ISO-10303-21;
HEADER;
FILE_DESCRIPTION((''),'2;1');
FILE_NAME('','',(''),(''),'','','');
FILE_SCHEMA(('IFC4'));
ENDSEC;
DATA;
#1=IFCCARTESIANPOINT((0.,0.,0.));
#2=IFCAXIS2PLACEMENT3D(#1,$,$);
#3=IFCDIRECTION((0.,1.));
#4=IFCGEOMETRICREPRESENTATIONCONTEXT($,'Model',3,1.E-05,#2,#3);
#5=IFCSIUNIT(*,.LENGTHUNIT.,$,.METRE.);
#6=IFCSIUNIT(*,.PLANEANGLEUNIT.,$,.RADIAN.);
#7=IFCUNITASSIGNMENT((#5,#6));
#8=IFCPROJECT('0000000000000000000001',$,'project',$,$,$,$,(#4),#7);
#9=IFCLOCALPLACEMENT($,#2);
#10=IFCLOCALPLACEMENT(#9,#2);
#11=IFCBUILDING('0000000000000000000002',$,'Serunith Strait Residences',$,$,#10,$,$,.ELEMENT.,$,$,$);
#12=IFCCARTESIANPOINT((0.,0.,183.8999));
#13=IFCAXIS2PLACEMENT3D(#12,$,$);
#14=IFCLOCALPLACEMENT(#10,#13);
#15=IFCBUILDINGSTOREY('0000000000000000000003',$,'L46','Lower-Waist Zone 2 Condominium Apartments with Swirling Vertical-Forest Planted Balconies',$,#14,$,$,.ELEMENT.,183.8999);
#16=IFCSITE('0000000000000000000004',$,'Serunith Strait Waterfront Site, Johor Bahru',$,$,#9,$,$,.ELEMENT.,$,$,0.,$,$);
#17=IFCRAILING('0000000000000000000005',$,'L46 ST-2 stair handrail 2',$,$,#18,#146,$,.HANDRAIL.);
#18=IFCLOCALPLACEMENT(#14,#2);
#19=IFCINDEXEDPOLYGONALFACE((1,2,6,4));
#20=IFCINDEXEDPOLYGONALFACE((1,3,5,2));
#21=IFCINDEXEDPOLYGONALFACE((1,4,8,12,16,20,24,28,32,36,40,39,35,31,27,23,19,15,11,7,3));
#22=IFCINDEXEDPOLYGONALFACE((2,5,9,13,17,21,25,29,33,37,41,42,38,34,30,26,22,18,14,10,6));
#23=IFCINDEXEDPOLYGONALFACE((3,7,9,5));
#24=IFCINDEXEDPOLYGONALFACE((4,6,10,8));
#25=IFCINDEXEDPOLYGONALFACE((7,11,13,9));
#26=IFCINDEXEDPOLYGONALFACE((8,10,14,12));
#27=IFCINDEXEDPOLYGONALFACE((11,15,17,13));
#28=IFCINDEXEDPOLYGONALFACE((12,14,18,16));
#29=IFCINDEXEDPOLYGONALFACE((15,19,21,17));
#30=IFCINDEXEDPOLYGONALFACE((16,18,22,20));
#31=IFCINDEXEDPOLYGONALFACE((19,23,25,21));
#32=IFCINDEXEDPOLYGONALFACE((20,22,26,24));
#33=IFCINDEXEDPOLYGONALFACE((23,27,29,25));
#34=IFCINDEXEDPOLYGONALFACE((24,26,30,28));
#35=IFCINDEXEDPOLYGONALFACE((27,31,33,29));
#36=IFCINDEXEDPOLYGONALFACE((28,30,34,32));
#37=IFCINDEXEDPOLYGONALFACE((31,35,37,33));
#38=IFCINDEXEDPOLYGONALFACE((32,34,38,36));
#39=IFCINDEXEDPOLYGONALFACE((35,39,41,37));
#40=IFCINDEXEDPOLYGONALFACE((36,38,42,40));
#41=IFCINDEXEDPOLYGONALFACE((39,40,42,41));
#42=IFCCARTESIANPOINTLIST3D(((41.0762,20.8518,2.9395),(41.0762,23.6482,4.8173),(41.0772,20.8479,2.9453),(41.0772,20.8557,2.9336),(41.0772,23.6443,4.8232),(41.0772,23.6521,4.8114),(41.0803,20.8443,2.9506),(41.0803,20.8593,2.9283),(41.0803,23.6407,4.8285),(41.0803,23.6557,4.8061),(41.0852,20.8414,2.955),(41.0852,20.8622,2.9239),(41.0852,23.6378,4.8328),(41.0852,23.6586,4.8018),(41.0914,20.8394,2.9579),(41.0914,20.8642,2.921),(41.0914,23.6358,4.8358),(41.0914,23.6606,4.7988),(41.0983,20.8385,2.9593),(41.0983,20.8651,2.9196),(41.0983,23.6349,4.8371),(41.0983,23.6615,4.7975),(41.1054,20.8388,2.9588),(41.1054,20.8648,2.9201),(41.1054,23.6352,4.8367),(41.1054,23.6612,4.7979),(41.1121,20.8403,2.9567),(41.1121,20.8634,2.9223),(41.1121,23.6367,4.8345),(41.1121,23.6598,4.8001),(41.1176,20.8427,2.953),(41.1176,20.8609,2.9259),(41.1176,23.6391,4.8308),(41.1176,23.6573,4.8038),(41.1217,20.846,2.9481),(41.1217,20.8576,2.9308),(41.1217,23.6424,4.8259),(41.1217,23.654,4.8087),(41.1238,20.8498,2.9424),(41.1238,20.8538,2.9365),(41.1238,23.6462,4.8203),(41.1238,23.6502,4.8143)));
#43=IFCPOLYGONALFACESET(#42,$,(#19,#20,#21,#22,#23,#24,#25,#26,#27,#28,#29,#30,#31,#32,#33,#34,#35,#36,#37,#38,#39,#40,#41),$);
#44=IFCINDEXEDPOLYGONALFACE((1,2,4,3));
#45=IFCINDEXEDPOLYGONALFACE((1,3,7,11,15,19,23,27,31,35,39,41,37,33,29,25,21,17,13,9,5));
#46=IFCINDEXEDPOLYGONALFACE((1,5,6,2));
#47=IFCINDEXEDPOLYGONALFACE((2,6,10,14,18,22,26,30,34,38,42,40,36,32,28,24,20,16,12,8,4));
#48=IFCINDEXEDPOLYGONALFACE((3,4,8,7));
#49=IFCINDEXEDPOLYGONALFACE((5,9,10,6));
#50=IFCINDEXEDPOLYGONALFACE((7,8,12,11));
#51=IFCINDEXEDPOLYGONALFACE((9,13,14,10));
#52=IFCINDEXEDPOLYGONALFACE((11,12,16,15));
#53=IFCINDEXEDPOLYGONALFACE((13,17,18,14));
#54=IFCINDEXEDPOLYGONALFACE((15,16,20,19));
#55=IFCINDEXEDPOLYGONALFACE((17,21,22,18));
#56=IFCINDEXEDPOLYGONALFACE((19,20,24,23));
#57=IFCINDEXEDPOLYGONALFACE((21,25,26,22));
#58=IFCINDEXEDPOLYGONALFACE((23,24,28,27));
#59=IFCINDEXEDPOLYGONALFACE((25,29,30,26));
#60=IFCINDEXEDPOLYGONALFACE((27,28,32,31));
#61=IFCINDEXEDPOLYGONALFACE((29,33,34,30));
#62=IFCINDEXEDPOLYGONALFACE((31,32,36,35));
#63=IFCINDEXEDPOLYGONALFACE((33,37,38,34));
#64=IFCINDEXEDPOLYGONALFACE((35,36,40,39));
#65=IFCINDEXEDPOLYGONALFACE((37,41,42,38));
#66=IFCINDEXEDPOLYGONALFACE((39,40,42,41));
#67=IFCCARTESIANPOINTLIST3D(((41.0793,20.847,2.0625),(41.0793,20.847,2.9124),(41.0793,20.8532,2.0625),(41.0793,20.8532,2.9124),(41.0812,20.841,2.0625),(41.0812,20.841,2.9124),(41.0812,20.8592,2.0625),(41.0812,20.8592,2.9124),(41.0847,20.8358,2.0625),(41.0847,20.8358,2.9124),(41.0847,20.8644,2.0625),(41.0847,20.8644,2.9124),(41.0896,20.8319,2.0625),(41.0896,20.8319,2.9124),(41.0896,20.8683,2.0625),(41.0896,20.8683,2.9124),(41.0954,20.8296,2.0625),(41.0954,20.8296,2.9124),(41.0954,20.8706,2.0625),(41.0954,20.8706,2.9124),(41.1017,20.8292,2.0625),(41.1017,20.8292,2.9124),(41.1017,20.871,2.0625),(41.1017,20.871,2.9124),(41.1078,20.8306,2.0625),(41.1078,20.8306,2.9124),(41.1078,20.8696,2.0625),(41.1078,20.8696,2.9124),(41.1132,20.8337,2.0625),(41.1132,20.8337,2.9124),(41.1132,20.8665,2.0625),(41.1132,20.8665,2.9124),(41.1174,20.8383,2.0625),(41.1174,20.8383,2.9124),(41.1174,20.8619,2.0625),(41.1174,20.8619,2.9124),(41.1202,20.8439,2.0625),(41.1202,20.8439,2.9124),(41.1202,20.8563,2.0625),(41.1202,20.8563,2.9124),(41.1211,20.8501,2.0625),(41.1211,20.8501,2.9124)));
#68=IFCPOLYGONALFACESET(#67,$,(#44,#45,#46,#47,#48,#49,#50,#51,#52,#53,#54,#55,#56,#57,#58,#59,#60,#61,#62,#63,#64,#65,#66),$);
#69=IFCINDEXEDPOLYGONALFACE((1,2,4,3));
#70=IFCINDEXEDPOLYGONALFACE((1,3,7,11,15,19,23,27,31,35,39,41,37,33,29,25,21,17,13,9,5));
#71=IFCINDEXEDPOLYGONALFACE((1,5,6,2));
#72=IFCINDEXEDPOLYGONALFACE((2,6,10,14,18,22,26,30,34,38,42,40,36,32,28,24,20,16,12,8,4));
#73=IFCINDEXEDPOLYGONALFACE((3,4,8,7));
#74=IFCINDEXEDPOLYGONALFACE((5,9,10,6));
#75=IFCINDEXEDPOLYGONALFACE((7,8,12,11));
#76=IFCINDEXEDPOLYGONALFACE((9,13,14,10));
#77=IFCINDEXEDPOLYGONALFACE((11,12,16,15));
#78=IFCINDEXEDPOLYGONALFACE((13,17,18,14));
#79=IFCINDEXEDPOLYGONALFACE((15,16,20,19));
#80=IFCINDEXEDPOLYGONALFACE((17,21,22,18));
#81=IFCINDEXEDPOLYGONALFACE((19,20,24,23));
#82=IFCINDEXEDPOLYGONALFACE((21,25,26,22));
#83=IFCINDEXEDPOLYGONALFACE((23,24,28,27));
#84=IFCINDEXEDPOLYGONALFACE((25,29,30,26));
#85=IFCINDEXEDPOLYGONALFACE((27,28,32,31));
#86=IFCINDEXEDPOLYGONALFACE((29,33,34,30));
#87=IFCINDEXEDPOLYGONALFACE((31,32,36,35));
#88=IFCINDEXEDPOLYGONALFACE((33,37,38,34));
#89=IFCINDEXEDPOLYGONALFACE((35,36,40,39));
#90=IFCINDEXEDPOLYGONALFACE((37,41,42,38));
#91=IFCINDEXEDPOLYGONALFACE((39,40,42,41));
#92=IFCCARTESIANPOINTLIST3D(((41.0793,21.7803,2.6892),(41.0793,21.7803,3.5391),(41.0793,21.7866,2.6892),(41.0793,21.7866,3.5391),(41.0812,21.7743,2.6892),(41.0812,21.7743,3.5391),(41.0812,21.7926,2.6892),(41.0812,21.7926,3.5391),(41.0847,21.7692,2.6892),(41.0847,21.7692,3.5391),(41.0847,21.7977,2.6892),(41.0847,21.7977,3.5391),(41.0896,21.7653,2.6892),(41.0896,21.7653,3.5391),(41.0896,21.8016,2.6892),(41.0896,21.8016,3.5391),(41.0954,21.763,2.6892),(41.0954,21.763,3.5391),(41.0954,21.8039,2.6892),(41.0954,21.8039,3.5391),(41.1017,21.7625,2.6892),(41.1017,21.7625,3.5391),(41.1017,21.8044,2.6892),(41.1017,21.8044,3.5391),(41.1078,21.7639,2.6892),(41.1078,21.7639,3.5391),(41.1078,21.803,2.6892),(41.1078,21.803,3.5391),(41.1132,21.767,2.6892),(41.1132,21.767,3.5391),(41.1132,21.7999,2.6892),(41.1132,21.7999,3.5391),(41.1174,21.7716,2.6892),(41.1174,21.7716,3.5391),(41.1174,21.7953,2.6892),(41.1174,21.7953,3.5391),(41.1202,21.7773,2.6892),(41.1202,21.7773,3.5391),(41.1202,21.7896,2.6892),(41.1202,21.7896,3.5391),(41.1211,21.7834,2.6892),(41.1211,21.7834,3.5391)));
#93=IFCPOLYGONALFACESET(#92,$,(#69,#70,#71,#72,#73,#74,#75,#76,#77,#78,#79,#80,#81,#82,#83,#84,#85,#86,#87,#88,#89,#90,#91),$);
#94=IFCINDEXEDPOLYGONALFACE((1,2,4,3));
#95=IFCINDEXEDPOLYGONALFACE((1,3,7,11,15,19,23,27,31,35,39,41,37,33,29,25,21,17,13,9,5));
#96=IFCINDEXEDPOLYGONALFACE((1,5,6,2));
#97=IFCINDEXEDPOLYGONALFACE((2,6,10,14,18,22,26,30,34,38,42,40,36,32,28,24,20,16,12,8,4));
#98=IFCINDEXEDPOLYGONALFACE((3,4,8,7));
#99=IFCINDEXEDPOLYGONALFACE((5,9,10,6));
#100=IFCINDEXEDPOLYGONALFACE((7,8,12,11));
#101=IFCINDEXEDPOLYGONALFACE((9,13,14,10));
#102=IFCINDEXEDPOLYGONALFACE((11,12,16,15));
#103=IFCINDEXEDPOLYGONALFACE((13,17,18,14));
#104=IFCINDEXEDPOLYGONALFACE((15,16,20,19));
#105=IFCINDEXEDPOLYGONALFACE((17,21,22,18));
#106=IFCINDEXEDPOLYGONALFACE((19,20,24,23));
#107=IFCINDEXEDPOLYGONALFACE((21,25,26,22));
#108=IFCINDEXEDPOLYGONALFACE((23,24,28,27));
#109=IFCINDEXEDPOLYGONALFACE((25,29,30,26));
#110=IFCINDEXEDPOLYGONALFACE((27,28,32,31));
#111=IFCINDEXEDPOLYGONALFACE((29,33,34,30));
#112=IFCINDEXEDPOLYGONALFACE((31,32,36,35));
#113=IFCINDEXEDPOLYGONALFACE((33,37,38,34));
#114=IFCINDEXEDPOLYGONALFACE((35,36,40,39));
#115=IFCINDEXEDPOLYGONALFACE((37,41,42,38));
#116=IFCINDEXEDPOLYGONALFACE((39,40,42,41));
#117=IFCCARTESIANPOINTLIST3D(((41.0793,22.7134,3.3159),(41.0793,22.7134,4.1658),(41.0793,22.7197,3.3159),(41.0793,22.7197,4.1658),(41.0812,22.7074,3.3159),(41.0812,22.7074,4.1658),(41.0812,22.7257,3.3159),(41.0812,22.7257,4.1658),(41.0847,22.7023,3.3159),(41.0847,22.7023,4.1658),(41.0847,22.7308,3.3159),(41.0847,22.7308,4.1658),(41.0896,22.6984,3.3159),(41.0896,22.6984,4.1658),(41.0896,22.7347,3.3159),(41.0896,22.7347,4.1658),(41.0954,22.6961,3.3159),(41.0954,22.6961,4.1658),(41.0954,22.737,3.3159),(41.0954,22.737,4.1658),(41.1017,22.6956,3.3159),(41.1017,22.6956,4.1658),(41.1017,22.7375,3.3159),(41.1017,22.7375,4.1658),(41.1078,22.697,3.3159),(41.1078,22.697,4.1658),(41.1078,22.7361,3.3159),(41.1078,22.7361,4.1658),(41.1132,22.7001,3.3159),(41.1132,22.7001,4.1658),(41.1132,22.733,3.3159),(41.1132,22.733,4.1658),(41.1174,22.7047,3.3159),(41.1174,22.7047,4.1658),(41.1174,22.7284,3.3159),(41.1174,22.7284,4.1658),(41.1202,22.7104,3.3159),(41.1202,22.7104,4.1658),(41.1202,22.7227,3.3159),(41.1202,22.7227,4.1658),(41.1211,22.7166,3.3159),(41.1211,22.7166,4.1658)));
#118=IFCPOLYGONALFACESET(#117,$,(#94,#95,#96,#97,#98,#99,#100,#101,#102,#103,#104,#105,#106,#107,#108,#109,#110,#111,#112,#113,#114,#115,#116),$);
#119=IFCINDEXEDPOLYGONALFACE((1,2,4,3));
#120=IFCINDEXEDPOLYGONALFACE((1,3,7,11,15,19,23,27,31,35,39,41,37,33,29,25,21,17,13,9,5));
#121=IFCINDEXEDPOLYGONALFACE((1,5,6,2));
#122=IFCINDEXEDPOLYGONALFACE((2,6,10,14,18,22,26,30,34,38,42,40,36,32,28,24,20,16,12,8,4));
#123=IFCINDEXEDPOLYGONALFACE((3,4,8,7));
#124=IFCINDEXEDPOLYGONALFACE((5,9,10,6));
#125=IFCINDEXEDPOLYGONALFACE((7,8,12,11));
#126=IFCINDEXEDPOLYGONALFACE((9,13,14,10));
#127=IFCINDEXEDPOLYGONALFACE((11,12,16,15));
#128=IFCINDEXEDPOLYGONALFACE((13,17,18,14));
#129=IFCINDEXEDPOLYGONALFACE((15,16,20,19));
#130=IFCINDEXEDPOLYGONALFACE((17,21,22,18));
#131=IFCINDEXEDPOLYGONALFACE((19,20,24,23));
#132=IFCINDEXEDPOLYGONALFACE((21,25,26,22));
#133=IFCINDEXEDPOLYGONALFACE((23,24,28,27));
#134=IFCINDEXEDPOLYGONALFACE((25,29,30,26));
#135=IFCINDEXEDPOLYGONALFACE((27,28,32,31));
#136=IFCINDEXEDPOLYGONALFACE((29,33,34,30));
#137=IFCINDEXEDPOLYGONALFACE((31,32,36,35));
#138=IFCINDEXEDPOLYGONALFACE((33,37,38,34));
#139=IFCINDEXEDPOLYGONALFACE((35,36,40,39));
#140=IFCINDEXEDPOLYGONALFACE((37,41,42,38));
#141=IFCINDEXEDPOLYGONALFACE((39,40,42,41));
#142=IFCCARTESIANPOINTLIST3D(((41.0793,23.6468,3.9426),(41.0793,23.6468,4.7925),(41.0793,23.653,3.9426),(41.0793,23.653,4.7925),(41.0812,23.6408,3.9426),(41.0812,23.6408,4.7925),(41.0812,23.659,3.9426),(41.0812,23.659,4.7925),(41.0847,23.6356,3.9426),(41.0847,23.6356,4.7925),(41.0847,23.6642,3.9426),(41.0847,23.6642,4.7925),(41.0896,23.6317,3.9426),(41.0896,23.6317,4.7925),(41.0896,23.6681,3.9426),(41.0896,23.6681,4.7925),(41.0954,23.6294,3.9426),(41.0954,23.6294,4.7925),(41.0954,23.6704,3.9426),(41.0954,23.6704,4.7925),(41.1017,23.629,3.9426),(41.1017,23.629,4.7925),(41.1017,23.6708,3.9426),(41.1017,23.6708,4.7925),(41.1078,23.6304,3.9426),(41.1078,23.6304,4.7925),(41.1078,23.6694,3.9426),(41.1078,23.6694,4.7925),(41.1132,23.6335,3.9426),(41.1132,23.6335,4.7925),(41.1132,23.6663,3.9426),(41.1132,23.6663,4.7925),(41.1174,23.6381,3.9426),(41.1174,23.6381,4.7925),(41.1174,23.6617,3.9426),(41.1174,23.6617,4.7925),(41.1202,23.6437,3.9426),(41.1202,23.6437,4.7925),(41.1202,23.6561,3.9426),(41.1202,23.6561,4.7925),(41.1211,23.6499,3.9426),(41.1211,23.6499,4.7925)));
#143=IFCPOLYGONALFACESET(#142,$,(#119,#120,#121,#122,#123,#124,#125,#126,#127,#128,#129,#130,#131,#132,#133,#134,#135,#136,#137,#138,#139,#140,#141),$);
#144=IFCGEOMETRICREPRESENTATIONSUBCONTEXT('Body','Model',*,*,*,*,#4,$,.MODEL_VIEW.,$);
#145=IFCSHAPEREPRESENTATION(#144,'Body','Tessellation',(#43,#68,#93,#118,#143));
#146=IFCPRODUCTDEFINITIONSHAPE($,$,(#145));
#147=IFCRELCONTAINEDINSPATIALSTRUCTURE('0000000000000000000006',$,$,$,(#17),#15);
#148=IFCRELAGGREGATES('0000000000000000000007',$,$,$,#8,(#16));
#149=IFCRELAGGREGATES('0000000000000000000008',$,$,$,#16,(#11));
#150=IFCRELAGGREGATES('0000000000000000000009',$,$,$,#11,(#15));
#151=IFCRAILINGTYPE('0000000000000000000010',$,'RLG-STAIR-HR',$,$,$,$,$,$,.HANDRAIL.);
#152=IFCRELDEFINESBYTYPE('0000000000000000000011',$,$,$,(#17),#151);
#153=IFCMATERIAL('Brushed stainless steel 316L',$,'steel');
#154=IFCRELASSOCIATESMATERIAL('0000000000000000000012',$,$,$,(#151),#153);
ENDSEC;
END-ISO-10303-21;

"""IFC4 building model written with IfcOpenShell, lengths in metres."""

from ifc_helpers import new_model, si_unit, direction, frame, origin, origin_2d, place, context, subcontext, project, spatial, circle, extrude, material, type_object, element, save


model = new_model("IFC4")

# Units and contexts
model_context = context("Model", 3, precision=1e-05, world=origin(), true_north=direction((0.0, 1.0)))
body_context = subcontext(model_context, "Body", "Model", "MODEL_VIEW")
ifc_project = project(units=[si_unit("LENGTHUNIT", "METRE"), si_unit("PLANEANGLEUNIT", "RADIAN")], contexts=[model_context])

# Site, building, storey
site_placement = place(None, origin())
site = spatial("IfcSite", under=ifc_project, at=site_placement, Name="Serunith Strait Waterfront Site, Johor Bahru", CompositionType="ELEMENT", RefElevation=0.0)
building_placement = place(site_placement, origin())
building = spatial("IfcBuilding", under=site, at=building_placement, Name="Serunith Strait Residences", CompositionType="ELEMENT")
storey_placement = place(building_placement, frame((0.0, 0.0, 183.8999)))
storey = spatial("IfcBuildingStorey", under=building, at=storey_placement, Name="L46", Description="Lower-Waist Zone 2 Condominium Apartments with Swirling Vertical-Forest Planted Balconies", CompositionType="ELEMENT", Elevation=183.8999)

# Railing
ifc_material_1 = material(Name="Brushed stainless steel 316L", Category="steel")
railing_type_1 = type_object("IfcRailingType", Name="RLG-STAIR-HR", PredefinedType="HANDRAIL", material=ifc_material_1)
railing_1_placement = place(storey_placement, frame((41.1001, 20.8501, 2.0625)))
element("IfcRailing", 1, at=railing_1_placement, inside=storey, type_object=railing_type_1, Name="L46 ST-2 stair handrail 2", PredefinedType="HANDRAIL", context=body_context, shape_type="SweptSolid", body=[
    extrude(circle(Radius=0.0239, at=origin_2d()), frame((0.0, 0.0017, 0.877), z_axis=(0.0, 0.830186, 0.557487), x_axis=(-1.0, 0.0, 0.0)), (0.0, 0.0, 1.0), 3.3684),
    extrude(circle(Radius=0.021, at=origin_2d()), origin(), (0.0, 0.0, 1.0), 0.8499),
    extrude(circle(Radius=0.021, at=origin_2d()), frame((0.0, 0.9333, 0.6267)), (0.0, 0.0, 1.0), 0.8499),
    extrude(circle(Radius=0.021, at=origin_2d()), frame((0.0, 1.8665, 1.2534)), (0.0, 0.0, 1.0), 0.8499),
    extrude(circle(Radius=0.021, at=origin_2d()), frame((0.0, 2.7998, 1.8801)), (0.0, 0.0, 1.0), 0.8499),
])

save(model, "model.ifc")
